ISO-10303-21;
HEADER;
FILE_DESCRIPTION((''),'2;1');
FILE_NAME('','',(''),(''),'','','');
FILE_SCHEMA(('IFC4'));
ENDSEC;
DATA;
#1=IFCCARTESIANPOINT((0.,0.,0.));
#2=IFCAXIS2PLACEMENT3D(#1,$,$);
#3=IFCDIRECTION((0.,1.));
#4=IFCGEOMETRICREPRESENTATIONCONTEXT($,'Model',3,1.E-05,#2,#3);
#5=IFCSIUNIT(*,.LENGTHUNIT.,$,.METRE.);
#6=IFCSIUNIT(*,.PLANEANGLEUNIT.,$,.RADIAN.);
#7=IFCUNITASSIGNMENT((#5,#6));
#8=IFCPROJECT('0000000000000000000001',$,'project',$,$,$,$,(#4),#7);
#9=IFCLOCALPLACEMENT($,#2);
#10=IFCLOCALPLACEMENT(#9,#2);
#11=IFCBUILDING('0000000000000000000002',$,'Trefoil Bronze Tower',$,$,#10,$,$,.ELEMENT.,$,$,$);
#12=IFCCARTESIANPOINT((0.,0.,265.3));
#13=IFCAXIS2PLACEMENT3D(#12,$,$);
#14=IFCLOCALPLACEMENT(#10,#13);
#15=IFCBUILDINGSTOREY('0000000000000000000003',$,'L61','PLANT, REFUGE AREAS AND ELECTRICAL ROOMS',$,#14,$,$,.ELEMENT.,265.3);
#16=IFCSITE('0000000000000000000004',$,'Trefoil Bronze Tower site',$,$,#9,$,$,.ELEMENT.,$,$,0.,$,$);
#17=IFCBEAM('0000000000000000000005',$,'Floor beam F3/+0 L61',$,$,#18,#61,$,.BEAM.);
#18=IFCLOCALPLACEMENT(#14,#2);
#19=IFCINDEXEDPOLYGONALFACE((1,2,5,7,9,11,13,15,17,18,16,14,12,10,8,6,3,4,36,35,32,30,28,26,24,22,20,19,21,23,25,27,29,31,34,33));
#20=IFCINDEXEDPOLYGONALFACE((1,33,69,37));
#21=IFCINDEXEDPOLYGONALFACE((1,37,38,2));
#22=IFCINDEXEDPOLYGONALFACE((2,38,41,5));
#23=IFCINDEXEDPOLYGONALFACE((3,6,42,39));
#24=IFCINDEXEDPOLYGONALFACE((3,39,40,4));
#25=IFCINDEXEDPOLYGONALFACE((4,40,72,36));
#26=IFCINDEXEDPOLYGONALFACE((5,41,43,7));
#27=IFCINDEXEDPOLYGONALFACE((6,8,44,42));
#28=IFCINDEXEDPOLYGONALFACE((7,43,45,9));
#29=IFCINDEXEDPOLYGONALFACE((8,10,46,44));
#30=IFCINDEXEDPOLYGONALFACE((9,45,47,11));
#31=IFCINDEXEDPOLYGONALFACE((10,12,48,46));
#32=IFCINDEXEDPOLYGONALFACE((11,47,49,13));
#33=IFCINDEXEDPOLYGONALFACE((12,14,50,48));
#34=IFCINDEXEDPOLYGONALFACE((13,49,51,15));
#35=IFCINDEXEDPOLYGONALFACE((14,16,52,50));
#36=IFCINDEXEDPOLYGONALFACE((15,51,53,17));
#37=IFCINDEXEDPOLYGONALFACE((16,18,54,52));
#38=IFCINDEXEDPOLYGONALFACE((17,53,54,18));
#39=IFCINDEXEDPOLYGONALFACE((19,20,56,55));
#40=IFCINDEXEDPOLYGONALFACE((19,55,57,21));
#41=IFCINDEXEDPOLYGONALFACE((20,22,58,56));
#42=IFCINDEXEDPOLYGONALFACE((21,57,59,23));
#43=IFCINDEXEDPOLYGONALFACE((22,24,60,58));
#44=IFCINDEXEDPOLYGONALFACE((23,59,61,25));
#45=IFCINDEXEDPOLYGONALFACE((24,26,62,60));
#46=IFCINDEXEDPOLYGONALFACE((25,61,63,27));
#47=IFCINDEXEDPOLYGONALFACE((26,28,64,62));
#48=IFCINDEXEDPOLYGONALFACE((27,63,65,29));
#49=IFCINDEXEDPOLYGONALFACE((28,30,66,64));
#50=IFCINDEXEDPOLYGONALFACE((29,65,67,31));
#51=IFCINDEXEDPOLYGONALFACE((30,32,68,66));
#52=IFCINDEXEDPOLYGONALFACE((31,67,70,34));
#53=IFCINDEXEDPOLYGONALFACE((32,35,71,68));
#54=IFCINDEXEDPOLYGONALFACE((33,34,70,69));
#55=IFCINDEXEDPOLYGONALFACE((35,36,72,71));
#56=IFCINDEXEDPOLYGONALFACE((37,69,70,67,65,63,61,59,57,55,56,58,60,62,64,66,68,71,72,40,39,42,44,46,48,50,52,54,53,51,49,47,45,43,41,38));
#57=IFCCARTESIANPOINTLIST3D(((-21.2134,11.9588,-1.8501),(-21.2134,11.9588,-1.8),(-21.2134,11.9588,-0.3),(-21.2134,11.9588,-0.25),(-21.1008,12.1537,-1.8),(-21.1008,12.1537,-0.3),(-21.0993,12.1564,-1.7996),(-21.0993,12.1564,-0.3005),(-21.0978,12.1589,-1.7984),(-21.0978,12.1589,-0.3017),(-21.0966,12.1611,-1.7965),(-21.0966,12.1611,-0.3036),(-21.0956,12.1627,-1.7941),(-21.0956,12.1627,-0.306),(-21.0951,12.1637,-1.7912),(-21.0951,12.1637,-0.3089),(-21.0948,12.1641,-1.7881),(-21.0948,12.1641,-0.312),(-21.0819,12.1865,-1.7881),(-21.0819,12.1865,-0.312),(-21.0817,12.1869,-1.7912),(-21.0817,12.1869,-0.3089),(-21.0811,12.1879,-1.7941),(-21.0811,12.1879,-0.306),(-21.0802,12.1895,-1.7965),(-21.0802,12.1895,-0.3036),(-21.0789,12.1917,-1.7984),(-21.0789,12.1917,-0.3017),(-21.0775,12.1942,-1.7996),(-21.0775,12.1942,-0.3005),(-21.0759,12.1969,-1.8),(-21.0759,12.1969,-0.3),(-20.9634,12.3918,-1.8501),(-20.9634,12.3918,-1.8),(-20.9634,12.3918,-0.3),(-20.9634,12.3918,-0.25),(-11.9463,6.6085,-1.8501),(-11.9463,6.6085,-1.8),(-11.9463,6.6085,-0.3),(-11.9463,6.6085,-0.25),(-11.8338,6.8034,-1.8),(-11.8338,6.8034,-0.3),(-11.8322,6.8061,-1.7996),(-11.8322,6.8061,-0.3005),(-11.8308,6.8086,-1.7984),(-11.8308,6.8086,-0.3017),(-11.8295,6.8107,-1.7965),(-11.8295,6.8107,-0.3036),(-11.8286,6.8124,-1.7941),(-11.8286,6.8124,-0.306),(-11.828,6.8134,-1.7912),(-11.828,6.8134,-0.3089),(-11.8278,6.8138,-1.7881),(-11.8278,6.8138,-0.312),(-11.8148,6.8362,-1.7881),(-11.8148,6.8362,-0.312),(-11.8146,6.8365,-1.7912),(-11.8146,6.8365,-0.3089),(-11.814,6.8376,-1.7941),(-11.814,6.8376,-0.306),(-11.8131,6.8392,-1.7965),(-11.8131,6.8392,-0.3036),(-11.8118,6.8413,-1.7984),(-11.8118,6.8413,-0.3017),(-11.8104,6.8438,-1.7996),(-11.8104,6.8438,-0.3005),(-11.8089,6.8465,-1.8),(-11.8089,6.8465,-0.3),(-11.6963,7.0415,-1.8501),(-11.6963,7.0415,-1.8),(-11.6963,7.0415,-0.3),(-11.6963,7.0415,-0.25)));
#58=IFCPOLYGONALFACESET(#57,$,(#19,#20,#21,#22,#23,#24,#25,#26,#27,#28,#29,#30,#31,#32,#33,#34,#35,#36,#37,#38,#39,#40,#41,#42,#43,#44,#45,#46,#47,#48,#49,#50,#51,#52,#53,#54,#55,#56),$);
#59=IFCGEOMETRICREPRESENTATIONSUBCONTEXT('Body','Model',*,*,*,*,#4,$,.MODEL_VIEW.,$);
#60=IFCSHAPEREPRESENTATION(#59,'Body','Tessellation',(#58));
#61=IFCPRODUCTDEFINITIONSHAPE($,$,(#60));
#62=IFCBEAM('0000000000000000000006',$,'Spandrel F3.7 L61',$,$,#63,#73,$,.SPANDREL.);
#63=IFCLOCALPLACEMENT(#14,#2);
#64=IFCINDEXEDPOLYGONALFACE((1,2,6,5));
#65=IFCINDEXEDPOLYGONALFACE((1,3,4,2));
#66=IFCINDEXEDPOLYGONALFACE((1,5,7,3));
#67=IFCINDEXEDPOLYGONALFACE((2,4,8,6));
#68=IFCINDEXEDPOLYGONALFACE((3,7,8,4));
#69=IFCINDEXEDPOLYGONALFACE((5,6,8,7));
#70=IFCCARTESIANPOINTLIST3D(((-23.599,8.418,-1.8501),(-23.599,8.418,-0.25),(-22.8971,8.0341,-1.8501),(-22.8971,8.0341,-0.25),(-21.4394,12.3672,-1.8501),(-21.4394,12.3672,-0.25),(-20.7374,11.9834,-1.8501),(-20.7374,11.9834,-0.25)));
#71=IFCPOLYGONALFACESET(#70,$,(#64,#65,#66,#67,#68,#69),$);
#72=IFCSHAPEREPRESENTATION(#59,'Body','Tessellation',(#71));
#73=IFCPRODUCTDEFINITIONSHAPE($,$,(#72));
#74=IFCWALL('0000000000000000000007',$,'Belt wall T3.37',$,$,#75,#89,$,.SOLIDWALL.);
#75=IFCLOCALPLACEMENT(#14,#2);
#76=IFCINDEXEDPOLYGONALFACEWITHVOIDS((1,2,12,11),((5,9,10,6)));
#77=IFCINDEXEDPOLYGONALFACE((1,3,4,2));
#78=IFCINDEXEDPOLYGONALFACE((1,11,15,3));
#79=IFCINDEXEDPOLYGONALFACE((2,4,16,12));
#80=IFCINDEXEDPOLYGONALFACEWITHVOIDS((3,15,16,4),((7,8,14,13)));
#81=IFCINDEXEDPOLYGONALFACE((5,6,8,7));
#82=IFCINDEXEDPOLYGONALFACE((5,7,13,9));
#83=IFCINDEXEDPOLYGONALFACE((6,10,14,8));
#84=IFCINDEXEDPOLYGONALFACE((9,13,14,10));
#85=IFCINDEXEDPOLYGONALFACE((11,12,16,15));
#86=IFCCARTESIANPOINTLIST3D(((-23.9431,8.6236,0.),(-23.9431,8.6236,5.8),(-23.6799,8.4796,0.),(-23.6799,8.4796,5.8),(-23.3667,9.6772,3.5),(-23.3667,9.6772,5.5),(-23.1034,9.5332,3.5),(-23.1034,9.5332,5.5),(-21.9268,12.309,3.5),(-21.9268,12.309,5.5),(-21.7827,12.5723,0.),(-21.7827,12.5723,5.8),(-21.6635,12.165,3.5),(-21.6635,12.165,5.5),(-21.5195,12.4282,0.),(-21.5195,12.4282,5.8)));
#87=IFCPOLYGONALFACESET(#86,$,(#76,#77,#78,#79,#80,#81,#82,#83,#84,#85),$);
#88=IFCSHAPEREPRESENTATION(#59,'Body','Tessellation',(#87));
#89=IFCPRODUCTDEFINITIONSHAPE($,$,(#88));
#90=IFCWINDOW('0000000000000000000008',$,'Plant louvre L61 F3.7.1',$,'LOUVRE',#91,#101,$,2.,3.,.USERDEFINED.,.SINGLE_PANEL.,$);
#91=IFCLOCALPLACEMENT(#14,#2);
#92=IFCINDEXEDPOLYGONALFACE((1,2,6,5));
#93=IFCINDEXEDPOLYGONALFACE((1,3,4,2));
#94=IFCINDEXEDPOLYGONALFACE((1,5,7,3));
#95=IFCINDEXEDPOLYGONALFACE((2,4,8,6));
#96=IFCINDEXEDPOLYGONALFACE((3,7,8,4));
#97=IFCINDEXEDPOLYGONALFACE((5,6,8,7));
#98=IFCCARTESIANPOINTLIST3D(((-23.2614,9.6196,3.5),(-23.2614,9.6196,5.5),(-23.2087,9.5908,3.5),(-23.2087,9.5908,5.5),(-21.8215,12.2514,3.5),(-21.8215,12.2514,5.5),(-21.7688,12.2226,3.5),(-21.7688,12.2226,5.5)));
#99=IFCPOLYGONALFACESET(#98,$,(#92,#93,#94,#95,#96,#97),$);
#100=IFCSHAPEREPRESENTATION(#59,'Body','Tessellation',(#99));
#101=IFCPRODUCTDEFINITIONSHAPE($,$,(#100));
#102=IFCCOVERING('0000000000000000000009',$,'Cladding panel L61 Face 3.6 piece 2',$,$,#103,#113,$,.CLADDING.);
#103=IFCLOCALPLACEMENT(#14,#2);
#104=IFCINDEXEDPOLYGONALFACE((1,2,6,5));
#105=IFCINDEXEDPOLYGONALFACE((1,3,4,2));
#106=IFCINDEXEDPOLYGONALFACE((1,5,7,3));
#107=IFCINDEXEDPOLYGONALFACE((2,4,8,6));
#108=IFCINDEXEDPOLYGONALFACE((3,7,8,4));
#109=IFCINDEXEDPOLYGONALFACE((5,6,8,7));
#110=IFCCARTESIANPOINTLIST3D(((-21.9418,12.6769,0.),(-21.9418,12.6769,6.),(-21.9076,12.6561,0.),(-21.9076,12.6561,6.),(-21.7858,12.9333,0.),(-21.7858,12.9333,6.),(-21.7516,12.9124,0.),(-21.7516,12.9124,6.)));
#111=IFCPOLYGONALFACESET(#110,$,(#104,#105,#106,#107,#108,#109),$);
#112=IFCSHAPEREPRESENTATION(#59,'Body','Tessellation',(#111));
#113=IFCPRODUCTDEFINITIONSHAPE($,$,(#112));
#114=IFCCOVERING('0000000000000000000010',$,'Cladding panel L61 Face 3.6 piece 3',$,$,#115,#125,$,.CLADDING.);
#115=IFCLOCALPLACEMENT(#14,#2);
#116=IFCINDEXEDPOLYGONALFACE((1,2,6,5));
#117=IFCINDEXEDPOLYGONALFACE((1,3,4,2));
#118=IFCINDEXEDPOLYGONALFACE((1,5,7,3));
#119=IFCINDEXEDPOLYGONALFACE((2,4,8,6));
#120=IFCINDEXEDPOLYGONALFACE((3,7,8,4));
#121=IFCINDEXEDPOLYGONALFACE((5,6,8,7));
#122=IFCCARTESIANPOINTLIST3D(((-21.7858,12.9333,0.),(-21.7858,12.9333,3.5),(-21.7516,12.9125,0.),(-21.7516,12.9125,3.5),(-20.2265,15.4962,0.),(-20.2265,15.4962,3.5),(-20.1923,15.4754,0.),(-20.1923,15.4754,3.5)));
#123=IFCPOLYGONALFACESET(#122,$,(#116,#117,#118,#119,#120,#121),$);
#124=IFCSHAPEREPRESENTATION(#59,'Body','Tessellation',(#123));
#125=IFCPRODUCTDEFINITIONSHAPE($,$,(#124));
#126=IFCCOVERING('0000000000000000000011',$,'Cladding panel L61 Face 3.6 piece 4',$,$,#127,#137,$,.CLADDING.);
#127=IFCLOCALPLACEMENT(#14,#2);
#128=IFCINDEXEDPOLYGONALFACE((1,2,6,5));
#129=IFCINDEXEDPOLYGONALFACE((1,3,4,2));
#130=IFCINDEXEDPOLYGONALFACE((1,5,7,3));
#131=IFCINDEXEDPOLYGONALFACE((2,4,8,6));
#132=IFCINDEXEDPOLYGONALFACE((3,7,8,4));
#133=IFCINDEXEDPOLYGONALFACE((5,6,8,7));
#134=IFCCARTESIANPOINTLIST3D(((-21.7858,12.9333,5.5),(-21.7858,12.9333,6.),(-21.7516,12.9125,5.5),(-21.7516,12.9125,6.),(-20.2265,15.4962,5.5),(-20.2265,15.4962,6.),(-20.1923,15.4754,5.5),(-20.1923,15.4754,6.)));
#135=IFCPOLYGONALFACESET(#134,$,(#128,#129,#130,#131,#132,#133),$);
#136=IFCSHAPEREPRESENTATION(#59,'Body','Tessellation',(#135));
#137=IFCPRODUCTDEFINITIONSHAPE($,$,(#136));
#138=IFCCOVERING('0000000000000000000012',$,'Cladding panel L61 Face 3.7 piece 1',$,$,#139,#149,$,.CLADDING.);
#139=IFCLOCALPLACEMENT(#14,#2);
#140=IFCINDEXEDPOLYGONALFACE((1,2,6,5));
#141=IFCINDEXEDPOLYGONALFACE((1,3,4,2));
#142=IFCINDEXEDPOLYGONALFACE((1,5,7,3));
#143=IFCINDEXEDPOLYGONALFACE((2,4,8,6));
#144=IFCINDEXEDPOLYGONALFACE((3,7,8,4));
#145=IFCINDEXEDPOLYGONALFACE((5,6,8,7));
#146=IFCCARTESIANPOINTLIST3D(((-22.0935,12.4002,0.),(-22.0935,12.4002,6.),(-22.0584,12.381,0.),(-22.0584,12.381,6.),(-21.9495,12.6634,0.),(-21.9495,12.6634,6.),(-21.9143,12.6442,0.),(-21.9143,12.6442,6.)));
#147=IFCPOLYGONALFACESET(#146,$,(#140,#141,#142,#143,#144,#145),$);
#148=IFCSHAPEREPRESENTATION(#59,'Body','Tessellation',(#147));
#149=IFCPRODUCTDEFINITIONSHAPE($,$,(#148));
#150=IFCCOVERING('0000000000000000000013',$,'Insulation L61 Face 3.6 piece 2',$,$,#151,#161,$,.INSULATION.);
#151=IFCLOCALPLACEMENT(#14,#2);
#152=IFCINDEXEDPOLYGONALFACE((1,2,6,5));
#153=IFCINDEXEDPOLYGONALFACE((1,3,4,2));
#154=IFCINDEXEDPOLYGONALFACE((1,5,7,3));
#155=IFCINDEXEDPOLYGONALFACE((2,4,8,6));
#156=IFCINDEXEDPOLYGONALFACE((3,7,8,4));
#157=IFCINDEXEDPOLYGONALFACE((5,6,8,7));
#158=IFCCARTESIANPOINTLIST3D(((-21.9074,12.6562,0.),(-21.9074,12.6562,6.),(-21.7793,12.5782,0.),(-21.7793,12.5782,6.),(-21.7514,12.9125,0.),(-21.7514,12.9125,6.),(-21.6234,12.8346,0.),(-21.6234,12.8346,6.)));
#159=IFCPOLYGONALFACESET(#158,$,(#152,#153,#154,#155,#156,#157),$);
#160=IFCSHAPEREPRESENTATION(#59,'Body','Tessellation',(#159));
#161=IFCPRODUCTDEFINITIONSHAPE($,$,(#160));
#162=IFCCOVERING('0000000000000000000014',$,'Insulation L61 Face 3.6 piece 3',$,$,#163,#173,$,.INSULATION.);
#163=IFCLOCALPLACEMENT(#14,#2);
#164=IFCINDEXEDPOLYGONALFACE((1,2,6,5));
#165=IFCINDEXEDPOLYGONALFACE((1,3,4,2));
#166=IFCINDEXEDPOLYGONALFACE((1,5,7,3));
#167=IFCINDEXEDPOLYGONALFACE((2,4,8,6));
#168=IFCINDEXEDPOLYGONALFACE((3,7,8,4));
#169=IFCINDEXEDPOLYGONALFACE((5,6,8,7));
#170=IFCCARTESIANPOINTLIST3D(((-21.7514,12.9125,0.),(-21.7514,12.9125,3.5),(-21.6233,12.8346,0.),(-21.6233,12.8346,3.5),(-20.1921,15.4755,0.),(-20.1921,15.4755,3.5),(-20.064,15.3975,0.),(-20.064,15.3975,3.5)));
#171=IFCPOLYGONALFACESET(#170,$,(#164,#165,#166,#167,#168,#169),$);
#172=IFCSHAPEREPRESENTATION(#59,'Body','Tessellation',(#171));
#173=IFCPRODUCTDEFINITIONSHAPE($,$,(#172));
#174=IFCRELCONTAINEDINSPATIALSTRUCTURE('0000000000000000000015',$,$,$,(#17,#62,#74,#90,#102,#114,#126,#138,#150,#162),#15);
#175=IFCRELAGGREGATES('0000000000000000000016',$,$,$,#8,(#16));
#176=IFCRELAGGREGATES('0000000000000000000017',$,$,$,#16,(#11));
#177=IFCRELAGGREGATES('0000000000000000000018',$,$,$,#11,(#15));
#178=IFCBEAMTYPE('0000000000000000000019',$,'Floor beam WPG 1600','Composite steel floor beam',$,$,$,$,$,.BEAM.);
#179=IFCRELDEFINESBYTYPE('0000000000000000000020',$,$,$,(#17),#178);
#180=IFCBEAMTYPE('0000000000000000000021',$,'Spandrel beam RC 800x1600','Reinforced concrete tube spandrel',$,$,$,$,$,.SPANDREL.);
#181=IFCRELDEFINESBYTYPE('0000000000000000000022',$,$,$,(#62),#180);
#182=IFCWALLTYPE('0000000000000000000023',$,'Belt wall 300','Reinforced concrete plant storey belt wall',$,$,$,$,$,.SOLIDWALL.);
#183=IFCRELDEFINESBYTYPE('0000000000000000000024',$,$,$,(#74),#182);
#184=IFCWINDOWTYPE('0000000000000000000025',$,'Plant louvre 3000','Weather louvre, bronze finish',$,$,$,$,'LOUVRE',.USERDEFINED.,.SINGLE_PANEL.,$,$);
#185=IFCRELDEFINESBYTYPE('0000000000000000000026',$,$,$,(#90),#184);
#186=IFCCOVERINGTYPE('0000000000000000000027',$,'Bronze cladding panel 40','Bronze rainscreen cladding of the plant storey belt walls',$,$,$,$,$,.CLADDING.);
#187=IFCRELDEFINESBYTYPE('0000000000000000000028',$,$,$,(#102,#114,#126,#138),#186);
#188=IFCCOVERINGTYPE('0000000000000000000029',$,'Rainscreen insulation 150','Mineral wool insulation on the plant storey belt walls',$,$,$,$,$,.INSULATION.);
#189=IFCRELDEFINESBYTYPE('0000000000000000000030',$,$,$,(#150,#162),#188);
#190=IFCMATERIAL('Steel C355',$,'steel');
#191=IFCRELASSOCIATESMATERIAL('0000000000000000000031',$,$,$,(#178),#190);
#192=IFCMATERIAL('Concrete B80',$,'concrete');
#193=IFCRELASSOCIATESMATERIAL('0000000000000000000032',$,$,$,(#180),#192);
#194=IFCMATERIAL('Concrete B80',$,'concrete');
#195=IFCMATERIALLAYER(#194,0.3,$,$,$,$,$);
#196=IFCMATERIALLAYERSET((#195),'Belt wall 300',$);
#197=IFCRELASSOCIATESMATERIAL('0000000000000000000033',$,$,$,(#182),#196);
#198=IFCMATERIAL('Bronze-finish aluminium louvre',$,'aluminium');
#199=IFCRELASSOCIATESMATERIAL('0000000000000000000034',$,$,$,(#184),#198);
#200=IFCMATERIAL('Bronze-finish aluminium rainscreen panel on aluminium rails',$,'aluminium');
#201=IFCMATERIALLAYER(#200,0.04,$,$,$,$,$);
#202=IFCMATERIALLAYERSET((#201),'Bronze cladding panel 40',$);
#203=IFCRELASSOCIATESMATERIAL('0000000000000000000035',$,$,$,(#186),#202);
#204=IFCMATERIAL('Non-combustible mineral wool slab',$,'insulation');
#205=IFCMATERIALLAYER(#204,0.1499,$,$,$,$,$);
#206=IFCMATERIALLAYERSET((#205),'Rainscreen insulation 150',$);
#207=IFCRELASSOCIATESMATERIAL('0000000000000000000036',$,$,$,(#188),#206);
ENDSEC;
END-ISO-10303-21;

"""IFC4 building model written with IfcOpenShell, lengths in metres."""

from ifc_helpers import new_model, si_unit, direction, frame, frame_2d, origin, origin_2d, place, context, subcontext, project, spatial, rectangle, i_section, extrude, material, layer, layer_set, material_profile, profile_set, type_object, element, fill, save


model = new_model("IFC4")

# Units and contexts
model_context = context("Model", 3, precision=1e-05, world=origin(), true_north=direction((0.0, 1.0)))
body_context = subcontext(model_context, "Body", "Model", "MODEL_VIEW")
ifc_project = project(units=[si_unit("LENGTHUNIT", "METRE"), si_unit("PLANEANGLEUNIT", "RADIAN")], contexts=[model_context])

# Site, building, storey
site_placement = place(None, origin())
site = spatial("IfcSite", under=ifc_project, at=site_placement, Name="Trefoil Bronze Tower site", CompositionType="ELEMENT", RefElevation=0.0)
building_placement = place(site_placement, origin())
building = spatial("IfcBuilding", under=site, at=building_placement, Name="Trefoil Bronze Tower", CompositionType="ELEMENT")
storey_placement = place(building_placement, frame((0.0, 0.0, 265.3)))
storey = spatial("IfcBuildingStorey", under=building, at=storey_placement, Name="L61", Description="PLANT, REFUGE AREAS AND ELECTRICAL ROOMS", CompositionType="ELEMENT", Elevation=265.3)

# Beams
ifc_material_1 = material(Name="Steel C355", Category="steel")
ifc_material_profile_1 = material_profile(ifc_material_1, i_section(OverallWidth=0.5, OverallDepth=1.6001, WebThickness=0.0259, FlangeThickness=0.05, FilletRadius=0.012, at=origin_2d()), Name="WPG 1600")
ifc_profile_set_1 = profile_set([ifc_material_profile_1], Name="Steel C355")
beam_type_1 = type_object("IfcBeamType", Name="Floor beam WPG 1600", Description="Composite steel floor beam", PredefinedType="BEAM", material=ifc_profile_set_1)
beam_1_placement = place(storey_placement, frame((-21.0884, 12.1753, -1.05), z_axis=(0.866026, -0.499999, 0.0), x_axis=(0.499999, 0.866026, 0.0)))
element("IfcBeam", 1, at=beam_1_placement, inside=storey, type_object=beam_type_1, Name="Floor beam F3/+0 L61", PredefinedType="BEAM", context=body_context, shape_type="SweptSolid", body=[
    extrude(i_section(OverallWidth=0.5, OverallDepth=1.6001, WebThickness=0.0259, FlangeThickness=0.05, FilletRadius=0.012, at=origin_2d()), origin(), (0.0, 0.0, 1.0), 10.7007),
])
ifc_material_2 = material(Name="Concrete B80", Category="concrete")
ifc_material_profile_2 = material_profile(ifc_material_2, rectangle(XDim=0.8, YDim=1.6001, at=origin_2d()), Name="RC 800x1600")
ifc_profile_set_2 = profile_set([ifc_material_profile_2], Name="Concrete B80")
beam_type_2 = type_object("IfcBeamType", Name="Spandrel beam RC 800x1600", Description="Reinforced concrete tube spandrel", PredefinedType="SPANDREL", material=ifc_profile_set_2)
beam_2_placement = place(storey_placement, frame((-21.0884, 12.1753, -1.05), z_axis=(-0.479802, -0.877377, 0.0), x_axis=(0.877377, -0.479802, 0.0)))
element("IfcBeam", 2, at=beam_2_placement, inside=storey, type_object=beam_type_2, Name="Spandrel F3.7 L61", PredefinedType="SPANDREL", context=body_context, shape_type="SweptSolid", body=[
    extrude(rectangle(XDim=0.8, YDim=1.6001, at=origin_2d()), origin(), (0.0, 0.0, 1.0), 4.5012),
])

# Wall, opening, window
ifc_material_3 = material(Name="Concrete B80", Category="concrete")
ifc_layer_1 = layer(ifc_material_3, 0.3)
ifc_layer_set_1 = layer_set([ifc_layer_1], Name="Belt wall 300")
wall_type = type_object("IfcWallType", Name="Belt wall 300", Description="Reinforced concrete plant storey belt wall", PredefinedType="SOLIDWALL", material=ifc_layer_set_1)
wall_placement = place(storey_placement, frame((-21.6511, 12.5002, 0.0), z_axis=(0.0, 0.0, 1.0), x_axis=(-0.479973, -0.877283, 0.0)))
wall = element("IfcWall", 3, at=wall_placement, inside=storey, type_object=wall_type, Name="Belt wall T3.37", PredefinedType="SOLIDWALL", context=body_context, shape_type="SweptSolid", body=[
    extrude(rectangle(XDim=4.501, YDim=0.3, at=frame_2d((2.2505, 0.0))), origin(), (0.0, 0.0, 1.0), 5.8),
])
opening_placement = place(wall_placement, frame((0.3, 0.0, 3.5)))
opening = element("IfcOpeningElement", 4, at=opening_placement, cuts=wall, PredefinedType="OPENING", context=body_context, shape_type="SweptSolid", body=[
    extrude(rectangle(XDim=3.0, YDim=2.0, at=frame_2d((1.5, 1.0))), frame((0.0, 0.1599, 0.0), z_axis=(0.0, -1.0, 0.0), x_axis=(1.0, 0.0, 0.0)), (0.0, 0.0, 1.0), 0.3201),
])
ifc_material_4 = material(Name="Bronze-finish aluminium louvre", Category="aluminium")
window_type = type_object("IfcWindowType", Name="Plant louvre 3000", Description="Weather louvre, bronze finish", ElementType="LOUVRE", PartitioningType="SINGLE_PANEL", PredefinedType="USERDEFINED", material=ifc_material_4)
window_placement = place(opening_placement, origin())
window = element("IfcWindow", 5, at=window_placement, inside=storey, type_object=window_type, Name="Plant louvre L61 F3.7.1", ObjectType="LOUVRE", OverallHeight=2.0, OverallWidth=3.0, PartitioningType="SINGLE_PANEL", PredefinedType="USERDEFINED", context=body_context, shape_type="SweptSolid", body=[
    extrude(rectangle(XDim=3.0, YDim=2.0, at=frame_2d((1.5, 1.0))), frame((0.0, 0.03, 0.0), z_axis=(0.0, -1.0, 0.0), x_axis=(1.0, 0.0, 0.0)), (0.0, 0.0, 1.0), 0.0601),
])
fill(opening, window)

# Coverings
ifc_material_5 = material(Name="Bronze-finish aluminium rainscreen panel on aluminium rails", Category="aluminium")
ifc_layer_2 = layer(ifc_material_5, 0.04)
ifc_layer_set_2 = layer_set([ifc_layer_2], Name="Bronze cladding panel 40")
covering_type_1 = type_object("IfcCoveringType", Name="Bronze cladding panel 40", Description="Bronze rainscreen cladding of the plant storey belt walls", PredefinedType="CLADDING", material=ifc_layer_set_2)
covering_1_placement = place(storey_placement, frame((-21.8467, 12.7947, 0.0), z_axis=(0.0, 0.0, 1.0), x_axis=(-0.519762, -0.854311, 0.0)))
element("IfcCovering", 6, at=covering_1_placement, inside=storey, type_object=covering_type_1, Name="Cladding panel L61 Face 3.6 piece 2", PredefinedType="CLADDING", context=body_context, shape_type="SweptSolid", body=[
    extrude(rectangle(XDim=0.3, YDim=0.04, at=origin_2d()), origin(), (0.0, 0.0, 1.0), 6.0),
])
covering_2_placement = place(storey_placement, frame((-20.989, 14.2043, 0.0), z_axis=(0.0, 0.0, 1.0), x_axis=(-0.519762, -0.854311, 0.0)))
element("IfcCovering", 7, at=covering_2_placement, inside=storey, type_object=covering_type_1, Name="Cladding panel L61 Face 3.6 piece 3", PredefinedType="CLADDING", context=body_context, shape_type="SweptSolid", body=[
    extrude(rectangle(XDim=3.0, YDim=0.04, at=origin_2d()), origin(), (0.0, 0.0, 1.0), 3.5),
])
covering_3_placement = place(storey_placement, frame((-20.989, 14.2043, 5.5), z_axis=(0.0, 0.0, 1.0), x_axis=(-0.519762, -0.854311, 0.0)))
element("IfcCovering", 8, at=covering_3_placement, inside=storey, type_object=covering_type_1, Name="Cladding panel L61 Face 3.6 piece 4", PredefinedType="CLADDING", context=body_context, shape_type="SweptSolid", body=[
    extrude(rectangle(XDim=3.0, YDim=0.04, at=origin_2d()), origin(), (0.0, 0.0, 1.0), 0.5),
])
covering_4_placement = place(storey_placement, frame((-22.0039, 12.5222, 0.0), z_axis=(0.0, 0.0, 1.0), x_axis=(-0.479974, -0.877283, 0.0)))
element("IfcCovering", 9, at=covering_4_placement, inside=storey, type_object=covering_type_1, Name="Cladding panel L61 Face 3.7 piece 1", PredefinedType="CLADDING", context=body_context, shape_type="SweptSolid", body=[
    extrude(rectangle(XDim=0.3, YDim=0.04, at=origin_2d()), origin(), (0.0, 0.0, 1.0), 6.0),
])
ifc_material_6 = material(Name="Non-combustible mineral wool slab", Category="insulation")
ifc_layer_3 = layer(ifc_material_6, 0.1499)
ifc_layer_set_3 = layer_set([ifc_layer_3], Name="Rainscreen insulation 150")
covering_type_2 = type_object("IfcCoveringType", Name="Rainscreen insulation 150", Description="Mineral wool insulation on the plant storey belt walls", PredefinedType="INSULATION", material=ifc_layer_set_3)
covering_5_placement = place(storey_placement, frame((-21.7654, 12.7454, 0.0), z_axis=(0.0, 0.0, 1.0), x_axis=(-0.519762, -0.854311, 0.0)))
element("IfcCovering", 10, at=covering_5_placement, inside=storey, type_object=covering_type_2, Name="Insulation L61 Face 3.6 piece 2", PredefinedType="INSULATION", context=body_context, shape_type="SweptSolid", body=[
    extrude(rectangle(XDim=0.3, YDim=0.1499, at=origin_2d()), origin(), (0.0, 0.0, 1.0), 6.0),
])
covering_6_placement = place(storey_placement, frame((-20.9077, 14.155, 0.0), z_axis=(0.0, 0.0, 1.0), x_axis=(-0.519762, -0.854311, 0.0)))
element("IfcCovering", 11, at=covering_6_placement, inside=storey, type_object=covering_type_2, Name="Insulation L61 Face 3.6 piece 3", PredefinedType="INSULATION", context=body_context, shape_type="SweptSolid", body=[
    extrude(rectangle(XDim=3.0, YDim=0.1499, at=origin_2d()), origin(), (0.0, 0.0, 1.0), 3.5),
])

save(model, "model.ifc")
